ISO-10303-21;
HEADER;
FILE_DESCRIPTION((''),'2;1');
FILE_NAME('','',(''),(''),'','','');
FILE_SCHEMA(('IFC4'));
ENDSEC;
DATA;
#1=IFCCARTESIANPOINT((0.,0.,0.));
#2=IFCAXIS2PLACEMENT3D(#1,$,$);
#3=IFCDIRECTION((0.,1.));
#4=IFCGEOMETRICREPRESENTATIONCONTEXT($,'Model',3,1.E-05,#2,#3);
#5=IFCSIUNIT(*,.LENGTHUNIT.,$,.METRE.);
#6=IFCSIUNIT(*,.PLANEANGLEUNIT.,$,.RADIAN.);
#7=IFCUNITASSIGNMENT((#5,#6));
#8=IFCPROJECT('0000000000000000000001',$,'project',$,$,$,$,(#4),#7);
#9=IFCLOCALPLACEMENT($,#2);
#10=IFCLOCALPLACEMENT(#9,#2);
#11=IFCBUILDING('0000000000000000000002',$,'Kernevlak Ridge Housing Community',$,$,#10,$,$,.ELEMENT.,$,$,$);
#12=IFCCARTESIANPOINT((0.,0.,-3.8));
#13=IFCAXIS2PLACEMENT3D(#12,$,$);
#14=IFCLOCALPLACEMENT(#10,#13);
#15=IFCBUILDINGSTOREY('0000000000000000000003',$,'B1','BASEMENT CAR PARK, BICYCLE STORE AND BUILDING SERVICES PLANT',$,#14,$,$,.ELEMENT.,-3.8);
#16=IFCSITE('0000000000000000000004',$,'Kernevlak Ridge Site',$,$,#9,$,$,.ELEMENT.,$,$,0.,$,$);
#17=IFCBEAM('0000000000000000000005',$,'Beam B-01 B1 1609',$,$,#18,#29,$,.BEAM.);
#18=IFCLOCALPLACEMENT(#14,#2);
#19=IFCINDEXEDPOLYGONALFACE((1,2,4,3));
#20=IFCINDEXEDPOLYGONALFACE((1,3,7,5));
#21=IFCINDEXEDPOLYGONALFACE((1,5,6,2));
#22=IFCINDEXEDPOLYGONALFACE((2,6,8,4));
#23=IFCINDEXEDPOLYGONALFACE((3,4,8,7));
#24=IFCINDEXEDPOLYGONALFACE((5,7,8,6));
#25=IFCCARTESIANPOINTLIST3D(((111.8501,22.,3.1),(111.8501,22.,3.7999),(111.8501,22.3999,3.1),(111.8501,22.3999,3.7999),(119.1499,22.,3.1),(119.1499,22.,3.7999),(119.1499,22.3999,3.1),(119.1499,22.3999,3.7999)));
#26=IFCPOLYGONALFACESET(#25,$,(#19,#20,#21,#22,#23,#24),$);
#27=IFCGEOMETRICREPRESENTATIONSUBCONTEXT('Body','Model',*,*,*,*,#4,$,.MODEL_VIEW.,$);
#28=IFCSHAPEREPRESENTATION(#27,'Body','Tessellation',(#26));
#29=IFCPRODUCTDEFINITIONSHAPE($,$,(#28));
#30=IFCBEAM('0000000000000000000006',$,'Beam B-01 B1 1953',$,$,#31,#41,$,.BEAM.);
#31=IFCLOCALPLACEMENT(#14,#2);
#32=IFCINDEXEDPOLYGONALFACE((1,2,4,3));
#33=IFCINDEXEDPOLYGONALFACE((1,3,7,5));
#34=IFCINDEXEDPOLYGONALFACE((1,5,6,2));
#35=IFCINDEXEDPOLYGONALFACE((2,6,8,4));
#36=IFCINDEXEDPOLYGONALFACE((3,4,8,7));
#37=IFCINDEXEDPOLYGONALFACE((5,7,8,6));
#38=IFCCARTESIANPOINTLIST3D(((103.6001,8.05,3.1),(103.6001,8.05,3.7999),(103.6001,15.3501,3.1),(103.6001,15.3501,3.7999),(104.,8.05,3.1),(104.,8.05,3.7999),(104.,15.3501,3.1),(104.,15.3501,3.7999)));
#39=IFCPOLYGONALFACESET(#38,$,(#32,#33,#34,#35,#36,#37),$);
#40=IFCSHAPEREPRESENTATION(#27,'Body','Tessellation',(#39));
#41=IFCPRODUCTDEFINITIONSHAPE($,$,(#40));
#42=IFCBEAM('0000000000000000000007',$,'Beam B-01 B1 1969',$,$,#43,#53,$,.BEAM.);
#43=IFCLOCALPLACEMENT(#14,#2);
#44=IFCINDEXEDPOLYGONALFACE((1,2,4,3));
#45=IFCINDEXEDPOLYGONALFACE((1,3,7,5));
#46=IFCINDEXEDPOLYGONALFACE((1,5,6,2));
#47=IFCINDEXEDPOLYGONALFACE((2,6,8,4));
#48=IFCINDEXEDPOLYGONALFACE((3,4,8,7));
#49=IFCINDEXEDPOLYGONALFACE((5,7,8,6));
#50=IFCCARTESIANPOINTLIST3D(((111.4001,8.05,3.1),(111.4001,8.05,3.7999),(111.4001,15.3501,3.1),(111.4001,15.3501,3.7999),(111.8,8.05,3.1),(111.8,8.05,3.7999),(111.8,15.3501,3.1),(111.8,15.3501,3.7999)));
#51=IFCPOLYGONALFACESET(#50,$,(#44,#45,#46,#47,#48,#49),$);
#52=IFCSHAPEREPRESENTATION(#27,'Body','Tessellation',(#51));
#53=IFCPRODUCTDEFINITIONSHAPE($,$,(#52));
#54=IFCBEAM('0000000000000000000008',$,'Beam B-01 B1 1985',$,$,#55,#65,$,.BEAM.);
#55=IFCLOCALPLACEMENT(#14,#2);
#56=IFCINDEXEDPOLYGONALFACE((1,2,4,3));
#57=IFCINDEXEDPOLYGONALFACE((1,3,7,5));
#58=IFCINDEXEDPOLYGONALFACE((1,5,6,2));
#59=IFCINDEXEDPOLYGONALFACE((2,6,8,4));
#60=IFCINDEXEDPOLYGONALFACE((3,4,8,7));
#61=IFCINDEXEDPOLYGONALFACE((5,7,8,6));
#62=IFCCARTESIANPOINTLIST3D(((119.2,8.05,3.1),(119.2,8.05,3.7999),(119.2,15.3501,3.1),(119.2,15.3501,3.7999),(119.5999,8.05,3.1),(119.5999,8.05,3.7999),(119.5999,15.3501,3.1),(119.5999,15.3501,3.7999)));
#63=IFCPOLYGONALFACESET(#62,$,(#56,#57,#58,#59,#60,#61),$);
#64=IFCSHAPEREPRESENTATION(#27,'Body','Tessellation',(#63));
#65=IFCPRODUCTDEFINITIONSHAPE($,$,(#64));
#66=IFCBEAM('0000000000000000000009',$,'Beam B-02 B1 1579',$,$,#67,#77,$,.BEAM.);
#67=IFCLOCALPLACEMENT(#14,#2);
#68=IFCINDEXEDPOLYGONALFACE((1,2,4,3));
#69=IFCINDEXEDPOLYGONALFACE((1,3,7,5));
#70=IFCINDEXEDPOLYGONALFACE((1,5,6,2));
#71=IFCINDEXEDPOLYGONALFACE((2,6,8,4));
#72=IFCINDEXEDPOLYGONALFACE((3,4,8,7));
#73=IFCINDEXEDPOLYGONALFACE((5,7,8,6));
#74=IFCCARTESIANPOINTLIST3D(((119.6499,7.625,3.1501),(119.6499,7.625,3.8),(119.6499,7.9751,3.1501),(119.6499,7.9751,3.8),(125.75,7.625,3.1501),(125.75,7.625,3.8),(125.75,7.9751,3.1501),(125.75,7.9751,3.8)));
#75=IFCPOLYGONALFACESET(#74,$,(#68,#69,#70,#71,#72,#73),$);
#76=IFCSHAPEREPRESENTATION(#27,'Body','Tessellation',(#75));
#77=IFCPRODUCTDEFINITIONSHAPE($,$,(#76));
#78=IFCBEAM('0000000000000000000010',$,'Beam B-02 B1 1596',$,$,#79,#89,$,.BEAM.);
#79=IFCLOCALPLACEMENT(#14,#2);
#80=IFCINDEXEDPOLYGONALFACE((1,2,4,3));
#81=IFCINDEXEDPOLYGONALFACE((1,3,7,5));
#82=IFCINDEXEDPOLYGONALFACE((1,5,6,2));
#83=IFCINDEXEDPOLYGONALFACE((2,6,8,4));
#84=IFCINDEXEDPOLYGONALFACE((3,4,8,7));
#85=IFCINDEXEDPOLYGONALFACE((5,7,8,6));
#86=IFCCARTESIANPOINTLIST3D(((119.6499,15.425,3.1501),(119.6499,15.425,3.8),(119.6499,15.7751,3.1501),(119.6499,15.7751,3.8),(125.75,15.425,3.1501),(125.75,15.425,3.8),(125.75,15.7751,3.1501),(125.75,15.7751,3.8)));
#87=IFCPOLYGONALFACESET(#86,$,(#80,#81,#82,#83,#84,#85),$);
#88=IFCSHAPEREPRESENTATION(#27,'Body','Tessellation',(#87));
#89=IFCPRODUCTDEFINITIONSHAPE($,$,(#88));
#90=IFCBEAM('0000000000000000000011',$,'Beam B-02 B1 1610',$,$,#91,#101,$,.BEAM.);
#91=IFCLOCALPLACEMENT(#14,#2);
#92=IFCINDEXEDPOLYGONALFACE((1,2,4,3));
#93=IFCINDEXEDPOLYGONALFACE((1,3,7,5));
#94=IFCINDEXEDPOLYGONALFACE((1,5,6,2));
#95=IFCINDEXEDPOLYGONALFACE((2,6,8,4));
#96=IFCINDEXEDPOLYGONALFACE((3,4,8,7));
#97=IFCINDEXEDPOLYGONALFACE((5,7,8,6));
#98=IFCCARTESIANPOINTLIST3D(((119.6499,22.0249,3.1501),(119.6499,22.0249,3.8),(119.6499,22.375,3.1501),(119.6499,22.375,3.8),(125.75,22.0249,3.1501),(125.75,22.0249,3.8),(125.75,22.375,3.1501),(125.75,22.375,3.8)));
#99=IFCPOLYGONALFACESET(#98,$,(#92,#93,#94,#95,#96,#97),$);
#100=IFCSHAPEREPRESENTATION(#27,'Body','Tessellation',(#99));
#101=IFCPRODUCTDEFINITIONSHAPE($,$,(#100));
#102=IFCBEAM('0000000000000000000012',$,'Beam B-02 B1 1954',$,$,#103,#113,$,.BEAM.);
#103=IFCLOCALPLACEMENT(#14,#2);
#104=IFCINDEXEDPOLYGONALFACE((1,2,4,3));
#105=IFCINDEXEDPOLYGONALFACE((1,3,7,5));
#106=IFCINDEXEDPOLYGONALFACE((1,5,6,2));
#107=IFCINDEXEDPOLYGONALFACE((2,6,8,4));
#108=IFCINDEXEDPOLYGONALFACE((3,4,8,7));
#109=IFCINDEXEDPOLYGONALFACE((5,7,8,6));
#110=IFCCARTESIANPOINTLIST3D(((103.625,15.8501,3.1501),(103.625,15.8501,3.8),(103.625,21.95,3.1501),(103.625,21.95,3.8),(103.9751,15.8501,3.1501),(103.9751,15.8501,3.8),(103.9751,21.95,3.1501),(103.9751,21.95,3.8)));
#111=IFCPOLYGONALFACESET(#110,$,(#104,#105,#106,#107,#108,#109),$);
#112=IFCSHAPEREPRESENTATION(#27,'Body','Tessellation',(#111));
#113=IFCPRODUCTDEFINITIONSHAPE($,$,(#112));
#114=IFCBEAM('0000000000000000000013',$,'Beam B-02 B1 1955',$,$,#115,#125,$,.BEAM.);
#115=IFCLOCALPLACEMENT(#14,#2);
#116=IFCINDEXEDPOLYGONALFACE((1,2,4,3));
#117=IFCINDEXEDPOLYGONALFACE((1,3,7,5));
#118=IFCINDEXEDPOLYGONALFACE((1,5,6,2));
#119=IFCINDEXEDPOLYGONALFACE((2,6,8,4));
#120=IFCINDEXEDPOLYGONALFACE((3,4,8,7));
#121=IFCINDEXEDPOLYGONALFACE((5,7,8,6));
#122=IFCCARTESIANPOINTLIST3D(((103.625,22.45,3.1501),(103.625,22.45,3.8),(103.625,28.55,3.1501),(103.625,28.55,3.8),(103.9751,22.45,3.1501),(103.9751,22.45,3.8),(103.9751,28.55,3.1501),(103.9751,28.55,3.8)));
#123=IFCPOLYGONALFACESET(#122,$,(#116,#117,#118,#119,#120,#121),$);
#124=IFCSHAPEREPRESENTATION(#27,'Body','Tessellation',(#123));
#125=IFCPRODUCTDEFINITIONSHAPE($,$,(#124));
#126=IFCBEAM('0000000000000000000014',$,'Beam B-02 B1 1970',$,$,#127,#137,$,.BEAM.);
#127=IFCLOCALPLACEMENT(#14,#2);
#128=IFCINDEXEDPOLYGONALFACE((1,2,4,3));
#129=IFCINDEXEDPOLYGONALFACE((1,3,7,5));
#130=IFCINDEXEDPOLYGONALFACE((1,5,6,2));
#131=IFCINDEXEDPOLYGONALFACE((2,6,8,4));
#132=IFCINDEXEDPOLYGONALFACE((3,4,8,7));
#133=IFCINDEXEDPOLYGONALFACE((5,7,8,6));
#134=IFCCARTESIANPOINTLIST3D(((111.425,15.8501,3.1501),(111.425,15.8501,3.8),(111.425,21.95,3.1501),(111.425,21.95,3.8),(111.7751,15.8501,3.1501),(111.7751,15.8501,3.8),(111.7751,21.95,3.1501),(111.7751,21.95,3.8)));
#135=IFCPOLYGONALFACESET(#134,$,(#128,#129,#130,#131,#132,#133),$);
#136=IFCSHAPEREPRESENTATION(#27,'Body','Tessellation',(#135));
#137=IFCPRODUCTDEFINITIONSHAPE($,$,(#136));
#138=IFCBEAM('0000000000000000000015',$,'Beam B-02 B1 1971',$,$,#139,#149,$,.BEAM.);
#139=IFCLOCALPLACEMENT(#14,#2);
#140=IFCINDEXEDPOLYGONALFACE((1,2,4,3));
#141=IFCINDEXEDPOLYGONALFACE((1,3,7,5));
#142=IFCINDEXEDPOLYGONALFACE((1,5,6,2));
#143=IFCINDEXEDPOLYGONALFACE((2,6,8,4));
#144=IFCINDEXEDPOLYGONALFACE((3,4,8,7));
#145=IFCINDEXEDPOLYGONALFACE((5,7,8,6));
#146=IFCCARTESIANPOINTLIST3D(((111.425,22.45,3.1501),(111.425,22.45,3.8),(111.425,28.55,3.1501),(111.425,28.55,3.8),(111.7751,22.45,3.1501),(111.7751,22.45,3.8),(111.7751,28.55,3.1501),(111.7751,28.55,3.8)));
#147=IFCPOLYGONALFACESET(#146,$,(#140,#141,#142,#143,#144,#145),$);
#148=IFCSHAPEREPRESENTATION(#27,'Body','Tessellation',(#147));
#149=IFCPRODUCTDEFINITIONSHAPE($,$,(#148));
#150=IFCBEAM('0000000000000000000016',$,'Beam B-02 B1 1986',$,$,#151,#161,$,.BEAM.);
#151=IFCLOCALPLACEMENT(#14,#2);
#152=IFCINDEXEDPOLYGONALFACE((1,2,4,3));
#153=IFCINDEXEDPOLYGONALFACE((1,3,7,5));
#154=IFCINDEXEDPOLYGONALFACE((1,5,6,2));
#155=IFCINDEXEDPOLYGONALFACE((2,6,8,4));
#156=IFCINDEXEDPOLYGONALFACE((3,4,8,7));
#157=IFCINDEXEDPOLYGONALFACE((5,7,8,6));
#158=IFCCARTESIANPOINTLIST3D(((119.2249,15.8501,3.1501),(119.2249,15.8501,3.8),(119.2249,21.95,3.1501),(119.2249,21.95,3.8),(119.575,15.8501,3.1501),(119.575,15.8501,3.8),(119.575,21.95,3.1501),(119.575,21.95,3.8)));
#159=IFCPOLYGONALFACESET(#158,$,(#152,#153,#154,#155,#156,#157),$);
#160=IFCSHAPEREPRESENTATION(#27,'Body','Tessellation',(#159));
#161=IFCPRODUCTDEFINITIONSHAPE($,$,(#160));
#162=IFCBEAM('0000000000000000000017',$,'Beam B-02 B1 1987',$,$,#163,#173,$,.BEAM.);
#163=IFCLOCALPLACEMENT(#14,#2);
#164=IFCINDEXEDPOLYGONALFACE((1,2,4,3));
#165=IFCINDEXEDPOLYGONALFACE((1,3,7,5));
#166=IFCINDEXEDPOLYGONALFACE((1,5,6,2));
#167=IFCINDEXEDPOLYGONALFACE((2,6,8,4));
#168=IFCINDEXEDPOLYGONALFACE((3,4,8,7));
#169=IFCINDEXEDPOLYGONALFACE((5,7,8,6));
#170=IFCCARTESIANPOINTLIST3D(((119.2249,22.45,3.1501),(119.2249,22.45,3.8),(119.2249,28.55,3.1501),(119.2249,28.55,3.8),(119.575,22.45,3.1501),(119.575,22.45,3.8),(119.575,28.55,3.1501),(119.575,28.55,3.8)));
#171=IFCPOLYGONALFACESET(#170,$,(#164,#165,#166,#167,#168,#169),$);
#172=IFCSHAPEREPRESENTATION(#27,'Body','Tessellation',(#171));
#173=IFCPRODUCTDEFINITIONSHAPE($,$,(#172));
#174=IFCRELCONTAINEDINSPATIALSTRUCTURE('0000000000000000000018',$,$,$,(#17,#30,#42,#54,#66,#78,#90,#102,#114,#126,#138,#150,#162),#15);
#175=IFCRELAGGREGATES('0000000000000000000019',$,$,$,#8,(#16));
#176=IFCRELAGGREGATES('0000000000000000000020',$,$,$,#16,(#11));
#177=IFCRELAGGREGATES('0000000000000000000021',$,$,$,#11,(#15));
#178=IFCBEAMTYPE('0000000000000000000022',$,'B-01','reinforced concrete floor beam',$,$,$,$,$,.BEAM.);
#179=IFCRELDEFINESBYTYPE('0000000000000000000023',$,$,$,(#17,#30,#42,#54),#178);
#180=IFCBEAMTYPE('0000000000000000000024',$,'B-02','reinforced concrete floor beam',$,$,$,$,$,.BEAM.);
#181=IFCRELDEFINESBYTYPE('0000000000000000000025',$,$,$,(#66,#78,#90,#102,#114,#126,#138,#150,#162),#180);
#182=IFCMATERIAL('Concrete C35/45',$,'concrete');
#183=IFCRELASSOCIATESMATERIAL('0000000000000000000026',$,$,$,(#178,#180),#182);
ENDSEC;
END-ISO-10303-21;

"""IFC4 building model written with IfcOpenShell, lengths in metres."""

from ifc_helpers import new_model, si_unit, direction, frame, origin, origin_2d, place, context, subcontext, project, spatial, rectangle, extrude, material, material_profile, profile_set, type_object, element, save


model = new_model("IFC4")

# Units and contexts
model_context = context("Model", 3, precision=1e-05, world=origin(), true_north=direction((0.0, 1.0)))
body_context = subcontext(model_context, "Body", "Model", "MODEL_VIEW")
ifc_project = project(units=[si_unit("LENGTHUNIT", "METRE"), si_unit("PLANEANGLEUNIT", "RADIAN")], contexts=[model_context])

# Site, building, storey
site_placement = place(None, origin())
site = spatial("IfcSite", under=ifc_project, at=site_placement, Name="Kernevlak Ridge Site", CompositionType="ELEMENT", RefElevation=0.0)
building_placement = place(site_placement, origin())
building = spatial("IfcBuilding", under=site, at=building_placement, Name="Kernevlak Ridge Housing Community", CompositionType="ELEMENT")
storey_placement = place(building_placement, frame((0.0, 0.0, -3.8)))
storey = spatial("IfcBuildingStorey", under=building, at=storey_placement, Name="B1", Description="BASEMENT CAR PARK, BICYCLE STORE AND BUILDING SERVICES PLANT", CompositionType="ELEMENT", Elevation=-3.8)

# Shared definitions
ifc_material_1 = material(Name="Concrete C35/45", Category="concrete")

# Beams
ifc_material_profile_1 = material_profile(ifc_material_1, rectangle(XDim=0.3999, YDim=0.7, at=origin_2d()), Name="RC 400x700")
ifc_profile_set_1 = profile_set([ifc_material_profile_1], Name="Concrete C35/45")
beam_type_1 = type_object("IfcBeamType", Name="B-01", Description="reinforced concrete floor beam", PredefinedType="BEAM", material=ifc_profile_set_1)
beam_1_placement = place(storey_placement, frame((111.8501, 22.2, 3.45), z_axis=(1.0, 0.0, 0.0), x_axis=(0.0, 1.0, 0.0)))
element("IfcBeam", 1, at=beam_1_placement, inside=storey, type_object=beam_type_1, Name="Beam B-01 B1 1609", PredefinedType="BEAM", context=body_context, shape_type="SweptSolid", body=[
    extrude(rectangle(XDim=0.3999, YDim=0.7, at=origin_2d()), origin(), (0.0, 0.0, 1.0), 7.2998),
])
for number, where, z_axis, x_axis, name in (
    (2, (103.8, 8.05, 3.45), (0.0, 1.0, 0.0), (-1.0, 0.0, 0.0), "Beam B-01 B1 1953"),
    (3, (111.6001, 8.05, 3.45), (0.0, 1.0, 0.0), (-1.0, 0.0, 0.0), "Beam B-01 B1 1969"),
    (4, (119.3999, 8.05, 3.45), (0.0, 1.0, 0.0), (-1.0, 0.0, 0.0), "Beam B-01 B1 1985"),
):
    element("IfcBeam", number, at=place(storey_placement, frame(where, z_axis=z_axis, x_axis=x_axis)), inside=storey, type_object=beam_type_1, Name=name, PredefinedType="BEAM", context=body_context, shape_type="SweptSolid", body=[
        extrude(rectangle(XDim=0.3999, YDim=0.7, at=origin_2d()), origin(), (0.0, 0.0, 1.0), 7.3),
    ])
ifc_material_profile_2 = material_profile(ifc_material_1, rectangle(XDim=0.3501, YDim=0.6499, at=origin_2d()), Name="RC 350x650")
ifc_profile_set_2 = profile_set([ifc_material_profile_2], Name="Concrete C35/45")
beam_type_2 = type_object("IfcBeamType", Name="B-02", Description="reinforced concrete floor beam", PredefinedType="BEAM", material=ifc_profile_set_2)
for number, where, z_axis, x_axis, name in (
    (5, (119.6499, 7.8, 3.4751), (1.0, 0.0, 0.0), (0.0, 1.0, 0.0), "Beam B-02 B1 1579"),
    (6, (119.6499, 15.6001, 3.4751), (1.0, 0.0, 0.0), (0.0, 1.0, 0.0), "Beam B-02 B1 1596"),
    (7, (119.6499, 22.2, 3.4751), (1.0, 0.0, 0.0), (0.0, 1.0, 0.0), "Beam B-02 B1 1610"),
):
    element("IfcBeam", number, at=place(storey_placement, frame(where, z_axis=z_axis, x_axis=x_axis)), inside=storey, type_object=beam_type_2, Name=name, PredefinedType="BEAM", context=body_context, shape_type="SweptSolid", body=[
        extrude(rectangle(XDim=0.3501, YDim=0.6499, at=origin_2d()), origin(), (0.0, 0.0, 1.0), 6.1001),
    ])
beam_2_placement = place(storey_placement, frame((103.8, 15.8501, 3.4751), z_axis=(0.0, 1.0, 0.0), x_axis=(-1.0, 0.0, 0.0)))
element("IfcBeam", 8, at=beam_2_placement, inside=storey, type_object=beam_type_2, Name="Beam B-02 B1 1954", PredefinedType="BEAM", context=body_context, shape_type="SweptSolid", body=[
    extrude(rectangle(XDim=0.3501, YDim=0.6499, at=origin_2d()), origin(), (0.0, 0.0, 1.0), 6.0999),
])
beam_3_placement = place(storey_placement, frame((103.8, 22.45, 3.4751), z_axis=(0.0, 1.0, 0.0), x_axis=(-1.0, 0.0, 0.0)))
element("IfcBeam", 9, at=beam_3_placement, inside=storey, type_object=beam_type_2, Name="Beam B-02 B1 1955", PredefinedType="BEAM", context=body_context, shape_type="SweptSolid", body=[
    extrude(rectangle(XDim=0.3501, YDim=0.6499, at=origin_2d()), origin(), (0.0, 0.0, 1.0), 6.1001),
])
beam_4_placement = place(storey_placement, frame((111.6001, 15.8501, 3.4751), z_axis=(0.0, 1.0, 0.0), x_axis=(-1.0, 0.0, 0.0)))
element("IfcBeam", 10, at=beam_4_placement, inside=storey, type_object=beam_type_2, Name="Beam B-02 B1 1970", PredefinedType="BEAM", context=body_context, shape_type="SweptSolid", body=[
    extrude(rectangle(XDim=0.3501, YDim=0.6499, at=origin_2d()), origin(), (0.0, 0.0, 1.0), 6.0999),
])
beam_5_placement = place(storey_placement, frame((111.6001, 22.45, 3.4751), z_axis=(0.0, 1.0, 0.0), x_axis=(-1.0, 0.0, 0.0)))
element("IfcBeam", 11, at=beam_5_placement, inside=storey, type_object=beam_type_2, Name="Beam B-02 B1 1971", PredefinedType="BEAM", context=body_context, shape_type="SweptSolid", body=[
    extrude(rectangle(XDim=0.3501, YDim=0.6499, at=origin_2d()), origin(), (0.0, 0.0, 1.0), 6.1001),
])
beam_6_placement = place(storey_placement, frame((119.3999, 15.8501, 3.4751), z_axis=(0.0, 1.0, 0.0), x_axis=(-1.0, 0.0, 0.0)))
element("IfcBeam", 12, at=beam_6_placement, inside=storey, type_object=beam_type_2, Name="Beam B-02 B1 1986", PredefinedType="BEAM", context=body_context, shape_type="SweptSolid", body=[
    extrude(rectangle(XDim=0.3501, YDim=0.6499, at=origin_2d()), origin(), (0.0, 0.0, 1.0), 6.0999),
])
beam_7_placement = place(storey_placement, frame((119.3999, 22.45, 3.4751), z_axis=(0.0, 1.0, 0.0), x_axis=(-1.0, 0.0, 0.0)))
element("IfcBeam", 13, at=beam_7_placement, inside=storey, type_object=beam_type_2, Name="Beam B-02 B1 1987", PredefinedType="BEAM", context=body_context, shape_type="SweptSolid", body=[
    extrude(rectangle(XDim=0.3501, YDim=0.6499, at=origin_2d()), origin(), (0.0, 0.0, 1.0), 6.1001),
])

save(model, "model.ifc")
